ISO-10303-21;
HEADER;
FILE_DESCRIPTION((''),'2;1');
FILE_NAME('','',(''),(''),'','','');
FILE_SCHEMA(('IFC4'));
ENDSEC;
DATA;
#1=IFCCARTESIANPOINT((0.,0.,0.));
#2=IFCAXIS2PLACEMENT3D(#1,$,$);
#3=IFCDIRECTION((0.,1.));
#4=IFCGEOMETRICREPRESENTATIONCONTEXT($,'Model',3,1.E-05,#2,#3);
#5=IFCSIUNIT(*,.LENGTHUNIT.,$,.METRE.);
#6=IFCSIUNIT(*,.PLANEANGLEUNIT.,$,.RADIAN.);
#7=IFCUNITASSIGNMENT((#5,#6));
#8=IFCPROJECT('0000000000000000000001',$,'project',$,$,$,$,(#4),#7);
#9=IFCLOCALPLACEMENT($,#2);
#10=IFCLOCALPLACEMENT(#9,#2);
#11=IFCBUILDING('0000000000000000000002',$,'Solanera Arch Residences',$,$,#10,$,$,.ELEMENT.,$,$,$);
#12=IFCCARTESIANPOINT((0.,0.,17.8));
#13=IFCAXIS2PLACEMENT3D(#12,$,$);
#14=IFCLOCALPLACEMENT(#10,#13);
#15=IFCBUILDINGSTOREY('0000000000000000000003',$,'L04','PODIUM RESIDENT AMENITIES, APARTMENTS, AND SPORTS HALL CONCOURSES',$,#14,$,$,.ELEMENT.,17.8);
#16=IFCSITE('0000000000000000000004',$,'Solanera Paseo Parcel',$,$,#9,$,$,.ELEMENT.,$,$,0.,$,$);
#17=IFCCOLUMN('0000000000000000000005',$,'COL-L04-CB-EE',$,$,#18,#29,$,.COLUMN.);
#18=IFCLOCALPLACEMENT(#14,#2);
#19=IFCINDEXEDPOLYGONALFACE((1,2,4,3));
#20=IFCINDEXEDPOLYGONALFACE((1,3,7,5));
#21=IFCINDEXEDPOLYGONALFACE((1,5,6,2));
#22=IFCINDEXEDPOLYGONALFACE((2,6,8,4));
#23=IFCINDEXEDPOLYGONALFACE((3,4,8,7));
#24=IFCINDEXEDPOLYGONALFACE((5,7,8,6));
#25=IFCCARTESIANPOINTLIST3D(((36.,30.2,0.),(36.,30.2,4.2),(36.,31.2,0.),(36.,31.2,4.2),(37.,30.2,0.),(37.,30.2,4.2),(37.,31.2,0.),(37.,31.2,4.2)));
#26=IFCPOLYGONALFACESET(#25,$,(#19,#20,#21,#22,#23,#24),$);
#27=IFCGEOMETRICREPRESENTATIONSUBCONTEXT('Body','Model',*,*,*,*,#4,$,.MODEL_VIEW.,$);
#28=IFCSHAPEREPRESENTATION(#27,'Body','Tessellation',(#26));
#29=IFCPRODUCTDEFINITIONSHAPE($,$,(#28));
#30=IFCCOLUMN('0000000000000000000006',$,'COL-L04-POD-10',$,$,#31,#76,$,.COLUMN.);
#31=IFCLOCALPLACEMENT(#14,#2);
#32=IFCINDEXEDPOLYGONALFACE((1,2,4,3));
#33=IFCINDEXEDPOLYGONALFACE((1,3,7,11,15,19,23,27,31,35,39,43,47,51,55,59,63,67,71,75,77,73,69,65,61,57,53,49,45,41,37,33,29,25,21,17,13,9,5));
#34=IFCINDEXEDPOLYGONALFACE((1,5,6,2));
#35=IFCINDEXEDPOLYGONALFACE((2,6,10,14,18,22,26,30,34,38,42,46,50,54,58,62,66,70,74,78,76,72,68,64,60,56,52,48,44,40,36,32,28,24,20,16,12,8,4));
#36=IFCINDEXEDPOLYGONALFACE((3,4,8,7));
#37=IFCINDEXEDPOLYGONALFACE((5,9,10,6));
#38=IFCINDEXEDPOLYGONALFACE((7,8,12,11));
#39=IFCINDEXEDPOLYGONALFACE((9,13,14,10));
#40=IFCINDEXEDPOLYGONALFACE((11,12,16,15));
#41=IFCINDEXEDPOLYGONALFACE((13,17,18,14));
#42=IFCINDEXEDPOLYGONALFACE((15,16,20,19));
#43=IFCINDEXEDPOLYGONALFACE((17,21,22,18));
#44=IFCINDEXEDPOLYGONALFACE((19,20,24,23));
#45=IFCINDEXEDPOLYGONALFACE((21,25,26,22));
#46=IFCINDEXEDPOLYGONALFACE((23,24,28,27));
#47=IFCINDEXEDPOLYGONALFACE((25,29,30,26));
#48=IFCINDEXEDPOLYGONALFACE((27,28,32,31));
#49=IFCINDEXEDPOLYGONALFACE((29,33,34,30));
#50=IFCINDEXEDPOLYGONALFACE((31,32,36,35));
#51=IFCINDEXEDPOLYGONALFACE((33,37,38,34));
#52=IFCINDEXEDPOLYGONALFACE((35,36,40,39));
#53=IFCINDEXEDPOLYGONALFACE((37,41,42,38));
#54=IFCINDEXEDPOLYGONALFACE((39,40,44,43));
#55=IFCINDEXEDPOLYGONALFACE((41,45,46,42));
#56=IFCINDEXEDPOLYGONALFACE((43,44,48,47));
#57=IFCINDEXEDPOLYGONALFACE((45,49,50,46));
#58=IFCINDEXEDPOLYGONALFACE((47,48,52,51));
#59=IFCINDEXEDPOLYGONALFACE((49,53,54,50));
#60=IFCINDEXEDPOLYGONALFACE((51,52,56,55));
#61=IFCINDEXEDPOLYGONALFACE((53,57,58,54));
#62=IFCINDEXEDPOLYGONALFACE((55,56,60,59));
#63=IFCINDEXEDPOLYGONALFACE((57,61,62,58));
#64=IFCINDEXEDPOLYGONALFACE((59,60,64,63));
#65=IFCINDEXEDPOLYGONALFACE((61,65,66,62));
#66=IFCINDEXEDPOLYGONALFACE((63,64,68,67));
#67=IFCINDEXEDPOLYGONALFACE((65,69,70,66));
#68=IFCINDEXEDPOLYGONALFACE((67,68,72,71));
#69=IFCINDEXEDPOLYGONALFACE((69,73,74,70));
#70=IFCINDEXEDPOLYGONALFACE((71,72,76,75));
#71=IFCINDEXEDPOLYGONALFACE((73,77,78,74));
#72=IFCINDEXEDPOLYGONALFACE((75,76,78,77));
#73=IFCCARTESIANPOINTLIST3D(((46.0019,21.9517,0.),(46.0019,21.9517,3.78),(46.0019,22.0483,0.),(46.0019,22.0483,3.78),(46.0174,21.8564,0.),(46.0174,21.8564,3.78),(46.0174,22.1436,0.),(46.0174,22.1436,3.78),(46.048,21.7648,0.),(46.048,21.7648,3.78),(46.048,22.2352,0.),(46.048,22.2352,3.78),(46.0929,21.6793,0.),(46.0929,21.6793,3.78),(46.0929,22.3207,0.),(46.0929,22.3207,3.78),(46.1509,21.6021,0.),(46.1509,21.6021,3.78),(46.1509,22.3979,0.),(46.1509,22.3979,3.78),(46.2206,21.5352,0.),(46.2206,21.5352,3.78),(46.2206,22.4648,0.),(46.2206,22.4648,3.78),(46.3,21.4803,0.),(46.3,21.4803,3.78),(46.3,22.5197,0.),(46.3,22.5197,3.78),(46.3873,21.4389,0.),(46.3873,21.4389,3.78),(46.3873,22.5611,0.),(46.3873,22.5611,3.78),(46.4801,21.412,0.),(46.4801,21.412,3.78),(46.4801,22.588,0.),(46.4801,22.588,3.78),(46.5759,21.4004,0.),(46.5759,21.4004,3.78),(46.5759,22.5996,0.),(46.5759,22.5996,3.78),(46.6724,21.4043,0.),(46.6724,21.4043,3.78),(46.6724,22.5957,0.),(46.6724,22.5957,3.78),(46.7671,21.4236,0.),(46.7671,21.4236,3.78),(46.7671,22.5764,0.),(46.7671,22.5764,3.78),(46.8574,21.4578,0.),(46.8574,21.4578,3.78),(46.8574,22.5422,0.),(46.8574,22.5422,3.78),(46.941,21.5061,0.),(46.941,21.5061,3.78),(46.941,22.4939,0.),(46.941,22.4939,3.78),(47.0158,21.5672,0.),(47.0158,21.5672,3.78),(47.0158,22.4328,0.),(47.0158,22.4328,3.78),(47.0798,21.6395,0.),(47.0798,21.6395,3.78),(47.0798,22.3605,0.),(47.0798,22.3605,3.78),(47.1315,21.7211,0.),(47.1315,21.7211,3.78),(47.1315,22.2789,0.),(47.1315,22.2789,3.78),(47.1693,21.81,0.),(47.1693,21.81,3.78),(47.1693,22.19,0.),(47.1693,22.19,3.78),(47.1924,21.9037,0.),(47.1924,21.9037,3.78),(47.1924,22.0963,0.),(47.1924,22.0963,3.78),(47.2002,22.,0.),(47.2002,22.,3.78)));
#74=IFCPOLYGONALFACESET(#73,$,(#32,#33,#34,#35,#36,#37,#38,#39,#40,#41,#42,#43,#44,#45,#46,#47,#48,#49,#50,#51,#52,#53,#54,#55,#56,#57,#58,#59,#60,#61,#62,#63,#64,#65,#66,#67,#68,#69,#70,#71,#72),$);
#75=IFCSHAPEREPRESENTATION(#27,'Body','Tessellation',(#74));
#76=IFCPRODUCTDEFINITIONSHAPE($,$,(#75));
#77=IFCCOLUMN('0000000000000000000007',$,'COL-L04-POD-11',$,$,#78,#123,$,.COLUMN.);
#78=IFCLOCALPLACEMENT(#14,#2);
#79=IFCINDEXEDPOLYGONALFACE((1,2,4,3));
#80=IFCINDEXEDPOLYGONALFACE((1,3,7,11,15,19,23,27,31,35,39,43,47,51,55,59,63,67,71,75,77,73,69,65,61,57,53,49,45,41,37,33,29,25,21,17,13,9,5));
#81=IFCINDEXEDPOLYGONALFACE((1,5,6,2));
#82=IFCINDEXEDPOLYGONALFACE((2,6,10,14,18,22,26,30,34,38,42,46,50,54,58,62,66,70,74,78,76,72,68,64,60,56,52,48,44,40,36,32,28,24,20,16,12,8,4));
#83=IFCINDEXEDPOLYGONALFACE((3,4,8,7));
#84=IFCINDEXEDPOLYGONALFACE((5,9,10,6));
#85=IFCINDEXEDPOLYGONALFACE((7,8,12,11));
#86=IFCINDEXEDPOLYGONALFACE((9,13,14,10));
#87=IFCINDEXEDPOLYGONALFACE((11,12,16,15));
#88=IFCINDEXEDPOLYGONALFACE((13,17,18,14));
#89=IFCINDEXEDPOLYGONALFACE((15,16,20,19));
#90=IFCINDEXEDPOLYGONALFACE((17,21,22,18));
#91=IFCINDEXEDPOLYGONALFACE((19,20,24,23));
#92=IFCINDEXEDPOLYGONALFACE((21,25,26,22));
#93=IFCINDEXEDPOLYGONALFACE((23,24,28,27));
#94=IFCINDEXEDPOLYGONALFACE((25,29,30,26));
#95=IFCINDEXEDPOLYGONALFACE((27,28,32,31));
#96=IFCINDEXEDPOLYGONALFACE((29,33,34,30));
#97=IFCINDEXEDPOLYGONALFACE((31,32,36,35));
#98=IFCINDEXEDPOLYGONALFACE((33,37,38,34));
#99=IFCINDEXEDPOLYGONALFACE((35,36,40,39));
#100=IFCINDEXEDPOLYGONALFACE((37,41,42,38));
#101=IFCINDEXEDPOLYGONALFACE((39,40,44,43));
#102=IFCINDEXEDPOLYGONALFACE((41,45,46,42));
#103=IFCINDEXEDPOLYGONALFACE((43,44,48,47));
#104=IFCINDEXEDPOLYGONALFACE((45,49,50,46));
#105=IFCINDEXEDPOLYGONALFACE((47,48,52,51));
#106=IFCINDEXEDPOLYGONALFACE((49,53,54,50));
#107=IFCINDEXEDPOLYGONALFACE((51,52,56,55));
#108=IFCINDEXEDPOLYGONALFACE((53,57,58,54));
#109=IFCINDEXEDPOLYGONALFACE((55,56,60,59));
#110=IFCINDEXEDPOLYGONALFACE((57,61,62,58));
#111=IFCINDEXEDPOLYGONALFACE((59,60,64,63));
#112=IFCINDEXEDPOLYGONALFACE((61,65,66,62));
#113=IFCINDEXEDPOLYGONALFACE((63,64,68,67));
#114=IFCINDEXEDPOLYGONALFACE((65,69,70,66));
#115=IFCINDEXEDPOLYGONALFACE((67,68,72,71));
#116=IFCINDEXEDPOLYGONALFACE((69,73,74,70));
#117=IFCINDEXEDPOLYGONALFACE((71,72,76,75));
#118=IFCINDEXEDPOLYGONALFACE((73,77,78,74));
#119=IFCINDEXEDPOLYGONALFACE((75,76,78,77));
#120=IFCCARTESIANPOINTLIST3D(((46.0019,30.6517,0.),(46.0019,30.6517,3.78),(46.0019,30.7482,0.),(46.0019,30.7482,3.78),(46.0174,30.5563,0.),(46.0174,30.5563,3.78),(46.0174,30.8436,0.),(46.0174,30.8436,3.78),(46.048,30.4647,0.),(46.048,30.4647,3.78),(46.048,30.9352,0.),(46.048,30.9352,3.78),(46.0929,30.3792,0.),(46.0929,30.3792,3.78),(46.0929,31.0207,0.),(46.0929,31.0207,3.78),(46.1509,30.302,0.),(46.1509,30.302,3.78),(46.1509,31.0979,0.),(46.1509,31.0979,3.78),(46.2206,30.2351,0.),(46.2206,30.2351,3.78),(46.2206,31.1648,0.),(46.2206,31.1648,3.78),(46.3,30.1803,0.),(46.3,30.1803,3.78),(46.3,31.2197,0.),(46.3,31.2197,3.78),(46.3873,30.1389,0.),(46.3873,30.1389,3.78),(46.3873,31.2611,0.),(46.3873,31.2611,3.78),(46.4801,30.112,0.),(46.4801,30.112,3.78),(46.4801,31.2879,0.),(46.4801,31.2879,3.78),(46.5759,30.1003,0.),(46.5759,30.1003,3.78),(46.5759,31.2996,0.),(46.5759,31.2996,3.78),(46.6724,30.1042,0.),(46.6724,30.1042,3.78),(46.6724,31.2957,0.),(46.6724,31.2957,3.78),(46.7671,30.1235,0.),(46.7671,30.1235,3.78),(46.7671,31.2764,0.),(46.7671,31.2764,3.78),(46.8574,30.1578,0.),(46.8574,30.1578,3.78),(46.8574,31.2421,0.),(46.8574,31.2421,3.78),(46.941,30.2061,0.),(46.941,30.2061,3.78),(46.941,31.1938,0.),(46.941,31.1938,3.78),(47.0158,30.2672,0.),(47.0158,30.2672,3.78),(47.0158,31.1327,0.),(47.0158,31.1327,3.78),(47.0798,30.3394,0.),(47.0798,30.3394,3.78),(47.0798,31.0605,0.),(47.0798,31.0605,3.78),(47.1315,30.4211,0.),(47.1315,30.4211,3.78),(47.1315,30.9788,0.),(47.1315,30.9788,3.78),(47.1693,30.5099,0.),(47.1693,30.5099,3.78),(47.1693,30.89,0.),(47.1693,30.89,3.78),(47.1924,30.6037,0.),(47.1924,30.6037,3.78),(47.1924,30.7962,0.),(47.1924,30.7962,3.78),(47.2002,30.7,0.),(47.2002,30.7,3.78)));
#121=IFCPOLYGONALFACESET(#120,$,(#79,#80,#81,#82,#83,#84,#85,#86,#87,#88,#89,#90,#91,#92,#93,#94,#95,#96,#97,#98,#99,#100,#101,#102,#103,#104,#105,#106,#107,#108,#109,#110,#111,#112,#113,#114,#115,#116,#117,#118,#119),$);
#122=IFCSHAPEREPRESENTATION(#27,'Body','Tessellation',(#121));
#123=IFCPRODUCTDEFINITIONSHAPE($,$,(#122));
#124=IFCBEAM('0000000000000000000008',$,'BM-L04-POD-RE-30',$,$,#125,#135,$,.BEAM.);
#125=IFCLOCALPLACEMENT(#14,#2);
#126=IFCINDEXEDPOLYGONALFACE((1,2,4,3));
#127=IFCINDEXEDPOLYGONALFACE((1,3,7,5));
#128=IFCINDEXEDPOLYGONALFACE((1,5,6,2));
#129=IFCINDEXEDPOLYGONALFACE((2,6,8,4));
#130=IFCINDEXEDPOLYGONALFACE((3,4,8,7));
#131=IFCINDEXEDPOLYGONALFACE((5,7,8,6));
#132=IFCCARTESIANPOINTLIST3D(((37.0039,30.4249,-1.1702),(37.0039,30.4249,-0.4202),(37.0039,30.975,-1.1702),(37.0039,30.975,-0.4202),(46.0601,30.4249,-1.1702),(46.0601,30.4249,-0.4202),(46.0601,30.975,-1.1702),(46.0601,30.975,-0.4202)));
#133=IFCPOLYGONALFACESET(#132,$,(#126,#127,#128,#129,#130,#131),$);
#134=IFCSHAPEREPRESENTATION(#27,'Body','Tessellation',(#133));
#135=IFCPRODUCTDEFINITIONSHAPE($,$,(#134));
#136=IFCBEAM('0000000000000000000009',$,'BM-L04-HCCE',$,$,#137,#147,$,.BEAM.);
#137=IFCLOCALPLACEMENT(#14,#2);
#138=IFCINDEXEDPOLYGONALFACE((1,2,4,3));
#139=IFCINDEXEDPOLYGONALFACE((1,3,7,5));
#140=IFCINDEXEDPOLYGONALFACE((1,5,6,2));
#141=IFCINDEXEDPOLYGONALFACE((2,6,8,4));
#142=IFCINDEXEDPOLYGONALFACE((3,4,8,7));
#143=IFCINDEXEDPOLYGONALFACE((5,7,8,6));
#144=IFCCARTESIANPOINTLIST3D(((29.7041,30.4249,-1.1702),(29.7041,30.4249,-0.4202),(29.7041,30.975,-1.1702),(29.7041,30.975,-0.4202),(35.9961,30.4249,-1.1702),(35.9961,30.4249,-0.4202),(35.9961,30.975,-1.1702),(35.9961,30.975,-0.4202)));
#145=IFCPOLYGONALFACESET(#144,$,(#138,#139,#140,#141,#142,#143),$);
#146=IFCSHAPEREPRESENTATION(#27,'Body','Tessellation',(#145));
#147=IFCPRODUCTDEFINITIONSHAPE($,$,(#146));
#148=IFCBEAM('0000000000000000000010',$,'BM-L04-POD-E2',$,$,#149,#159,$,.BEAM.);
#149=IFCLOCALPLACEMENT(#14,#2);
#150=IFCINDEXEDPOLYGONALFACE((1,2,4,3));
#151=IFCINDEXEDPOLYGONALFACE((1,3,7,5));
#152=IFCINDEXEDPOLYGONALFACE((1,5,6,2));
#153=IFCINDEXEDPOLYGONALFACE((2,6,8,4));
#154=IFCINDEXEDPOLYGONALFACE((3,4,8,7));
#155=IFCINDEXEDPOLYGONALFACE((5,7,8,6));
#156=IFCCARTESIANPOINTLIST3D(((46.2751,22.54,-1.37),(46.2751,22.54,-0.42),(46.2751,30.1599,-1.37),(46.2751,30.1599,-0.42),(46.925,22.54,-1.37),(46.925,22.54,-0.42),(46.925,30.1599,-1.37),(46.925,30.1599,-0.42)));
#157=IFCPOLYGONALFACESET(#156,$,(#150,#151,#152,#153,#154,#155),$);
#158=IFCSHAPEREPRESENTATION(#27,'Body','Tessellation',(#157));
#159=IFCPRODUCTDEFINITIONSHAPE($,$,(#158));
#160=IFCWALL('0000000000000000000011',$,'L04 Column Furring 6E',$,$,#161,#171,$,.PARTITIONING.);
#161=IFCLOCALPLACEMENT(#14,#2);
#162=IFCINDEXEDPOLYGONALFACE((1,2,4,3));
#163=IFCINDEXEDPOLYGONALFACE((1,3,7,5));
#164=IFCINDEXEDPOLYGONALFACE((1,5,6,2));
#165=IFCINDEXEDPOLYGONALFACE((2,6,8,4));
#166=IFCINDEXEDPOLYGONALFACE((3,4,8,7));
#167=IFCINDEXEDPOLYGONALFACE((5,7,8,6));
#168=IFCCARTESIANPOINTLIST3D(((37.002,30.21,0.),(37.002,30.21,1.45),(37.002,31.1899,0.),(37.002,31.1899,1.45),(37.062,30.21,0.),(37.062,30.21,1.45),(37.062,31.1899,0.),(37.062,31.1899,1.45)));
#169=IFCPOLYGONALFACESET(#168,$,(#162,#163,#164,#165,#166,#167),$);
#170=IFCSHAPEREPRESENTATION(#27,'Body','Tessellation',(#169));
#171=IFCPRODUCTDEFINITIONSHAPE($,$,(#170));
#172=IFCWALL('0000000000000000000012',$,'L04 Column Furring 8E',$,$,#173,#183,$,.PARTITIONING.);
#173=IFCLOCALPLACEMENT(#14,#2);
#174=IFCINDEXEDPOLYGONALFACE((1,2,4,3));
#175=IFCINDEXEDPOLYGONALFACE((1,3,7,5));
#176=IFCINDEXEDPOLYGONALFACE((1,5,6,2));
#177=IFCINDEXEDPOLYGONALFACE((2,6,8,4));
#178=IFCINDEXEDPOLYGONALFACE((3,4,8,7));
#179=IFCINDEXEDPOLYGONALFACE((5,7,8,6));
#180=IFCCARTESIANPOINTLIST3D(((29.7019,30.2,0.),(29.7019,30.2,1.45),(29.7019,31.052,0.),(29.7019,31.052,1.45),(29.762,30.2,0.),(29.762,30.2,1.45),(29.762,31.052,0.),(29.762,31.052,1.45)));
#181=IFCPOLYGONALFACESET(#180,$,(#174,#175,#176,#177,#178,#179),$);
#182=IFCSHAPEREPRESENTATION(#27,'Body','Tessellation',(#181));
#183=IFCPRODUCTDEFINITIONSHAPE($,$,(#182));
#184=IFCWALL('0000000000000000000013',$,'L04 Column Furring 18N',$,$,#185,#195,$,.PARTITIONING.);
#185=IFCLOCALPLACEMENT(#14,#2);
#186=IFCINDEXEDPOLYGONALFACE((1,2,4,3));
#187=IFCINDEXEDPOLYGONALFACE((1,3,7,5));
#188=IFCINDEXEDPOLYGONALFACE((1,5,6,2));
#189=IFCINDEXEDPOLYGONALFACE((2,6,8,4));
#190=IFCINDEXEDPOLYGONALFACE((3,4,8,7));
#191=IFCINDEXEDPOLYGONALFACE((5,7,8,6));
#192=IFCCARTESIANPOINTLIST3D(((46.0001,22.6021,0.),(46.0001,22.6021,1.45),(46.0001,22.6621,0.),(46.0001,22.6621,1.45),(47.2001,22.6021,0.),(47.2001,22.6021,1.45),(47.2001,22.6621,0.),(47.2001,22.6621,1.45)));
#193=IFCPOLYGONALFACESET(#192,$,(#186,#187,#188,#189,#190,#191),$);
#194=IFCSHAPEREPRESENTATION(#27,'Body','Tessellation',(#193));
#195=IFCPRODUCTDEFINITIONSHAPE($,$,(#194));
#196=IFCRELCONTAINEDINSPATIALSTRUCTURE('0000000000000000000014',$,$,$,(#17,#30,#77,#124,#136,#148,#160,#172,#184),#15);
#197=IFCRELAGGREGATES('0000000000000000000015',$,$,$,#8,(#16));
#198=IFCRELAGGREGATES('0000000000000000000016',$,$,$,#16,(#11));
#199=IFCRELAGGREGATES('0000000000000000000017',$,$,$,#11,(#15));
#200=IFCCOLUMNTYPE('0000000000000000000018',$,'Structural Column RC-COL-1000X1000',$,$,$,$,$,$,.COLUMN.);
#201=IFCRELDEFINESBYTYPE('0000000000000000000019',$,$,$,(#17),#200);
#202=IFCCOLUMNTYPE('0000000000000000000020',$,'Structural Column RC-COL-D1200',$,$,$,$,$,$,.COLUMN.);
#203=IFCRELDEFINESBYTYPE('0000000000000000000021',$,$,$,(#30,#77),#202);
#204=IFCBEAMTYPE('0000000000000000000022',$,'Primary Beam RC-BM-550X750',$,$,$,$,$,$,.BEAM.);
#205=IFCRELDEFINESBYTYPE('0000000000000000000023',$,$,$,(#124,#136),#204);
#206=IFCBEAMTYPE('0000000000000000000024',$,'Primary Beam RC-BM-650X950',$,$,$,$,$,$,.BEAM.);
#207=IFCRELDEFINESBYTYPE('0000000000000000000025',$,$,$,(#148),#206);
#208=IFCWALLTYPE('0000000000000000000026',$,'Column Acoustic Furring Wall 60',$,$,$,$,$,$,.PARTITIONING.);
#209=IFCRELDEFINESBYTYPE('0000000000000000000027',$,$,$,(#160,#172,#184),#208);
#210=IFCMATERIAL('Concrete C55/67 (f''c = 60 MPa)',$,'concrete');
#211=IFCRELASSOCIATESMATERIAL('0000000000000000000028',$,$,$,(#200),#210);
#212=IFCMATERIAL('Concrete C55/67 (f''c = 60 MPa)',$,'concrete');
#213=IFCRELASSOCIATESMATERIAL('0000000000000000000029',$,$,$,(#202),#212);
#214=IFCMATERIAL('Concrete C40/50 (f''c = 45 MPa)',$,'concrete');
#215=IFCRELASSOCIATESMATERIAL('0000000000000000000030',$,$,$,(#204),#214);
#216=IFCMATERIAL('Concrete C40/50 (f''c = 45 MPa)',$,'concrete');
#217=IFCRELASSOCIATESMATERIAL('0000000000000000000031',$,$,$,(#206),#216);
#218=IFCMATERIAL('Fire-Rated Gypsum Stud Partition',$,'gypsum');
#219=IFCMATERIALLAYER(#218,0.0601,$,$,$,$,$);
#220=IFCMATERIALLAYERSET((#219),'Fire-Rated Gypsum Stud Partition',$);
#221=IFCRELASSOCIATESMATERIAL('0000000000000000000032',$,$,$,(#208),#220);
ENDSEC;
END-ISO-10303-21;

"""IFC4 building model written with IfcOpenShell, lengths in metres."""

from ifc_helpers import new_model, si_unit, direction, frame, frame_2d, origin, origin_2d, place, context, subcontext, project, spatial, rectangle, circle, extrude, material, layer, layer_set, material_profile, profile_set, type_object, element, save


model = new_model("IFC4")

# Units and contexts
model_context = context("Model", 3, precision=1e-05, world=origin(), true_north=direction((0.0, 1.0)))
body_context = subcontext(model_context, "Body", "Model", "MODEL_VIEW")
ifc_project = project(units=[si_unit("LENGTHUNIT", "METRE"), si_unit("PLANEANGLEUNIT", "RADIAN")], contexts=[model_context])

# Site, building, storey
site_placement = place(None, origin())
site = spatial("IfcSite", under=ifc_project, at=site_placement, Name="Solanera Paseo Parcel", CompositionType="ELEMENT", RefElevation=0.0)
building_placement = place(site_placement, origin())
building = spatial("IfcBuilding", under=site, at=building_placement, Name="Solanera Arch Residences", CompositionType="ELEMENT")
storey_placement = place(building_placement, frame((0.0, 0.0, 17.8)))
storey = spatial("IfcBuildingStorey", under=building, at=storey_placement, Name="L04", Description="PODIUM RESIDENT AMENITIES, APARTMENTS, AND SPORTS HALL CONCOURSES", CompositionType="ELEMENT", Elevation=17.8)

# Columns
ifc_material_1 = material(Name="Concrete C55/67 (f'c = 60 MPa)", Category="concrete")
ifc_material_profile_1 = material_profile(ifc_material_1, rectangle(XDim=1.0, YDim=1.0, at=origin_2d()))
ifc_profile_set_1 = profile_set([ifc_material_profile_1], Name="Concrete C55/67 (f'c = 60 MPa)")
column_type_1 = type_object("IfcColumnType", Name="Structural Column RC-COL-1000X1000", PredefinedType="COLUMN", material=ifc_profile_set_1)
column_placement = place(storey_placement, frame((36.5, 30.7, 0.0), z_axis=(0.0, 0.0, 1.0), x_axis=(1.0, 0.0, 0.0)))
element("IfcColumn", 1, at=column_placement, inside=storey, type_object=column_type_1, Name="COL-L04-CB-EE", PredefinedType="COLUMN", context=body_context, shape_type="SweptSolid", body=[
    extrude(rectangle(XDim=1.0, YDim=1.0, at=origin_2d()), origin(), (0.0, 0.0, 1.0), 4.2),
])
ifc_material_2 = material(Name="Concrete C55/67 (f'c = 60 MPa)", Category="concrete")
ifc_material_profile_2 = material_profile(ifc_material_2, circle(Radius=0.6001, at=origin_2d()))
ifc_profile_set_2 = profile_set([ifc_material_profile_2], Name="Concrete C55/67 (f'c = 60 MPa)")
column_type_2 = type_object("IfcColumnType", Name="Structural Column RC-COL-D1200", PredefinedType="COLUMN", material=ifc_profile_set_2)
for number, where, z_axis, x_axis, name in (
    (2, (46.6001, 22.0, 0.0), (0.0, 0.0, 1.0), (1.0, 0.0, 0.0), "COL-L04-POD-10"),
    (3, (46.6001, 30.7, 0.0), (0.0, 0.0, 1.0), (1.0, 0.0, 0.0), "COL-L04-POD-11"),
):
    element("IfcColumn", number, at=place(storey_placement, frame(where, z_axis=z_axis, x_axis=x_axis)), inside=storey, type_object=column_type_2, Name=name, PredefinedType="COLUMN", context=body_context, shape_type="SweptSolid", body=[
        extrude(circle(Radius=0.6001, at=origin_2d()), origin(), (0.0, 0.0, 1.0), 3.78),
    ])

# Beams
ifc_material_3 = material(Name="Concrete C40/50 (f'c = 45 MPa)", Category="concrete")
ifc_material_profile_3 = material_profile(ifc_material_3, rectangle(XDim=0.55, YDim=0.75, at=origin_2d()))
ifc_profile_set_3 = profile_set([ifc_material_profile_3], Name="Concrete C40/50 (f'c = 45 MPa)")
beam_type_1 = type_object("IfcBeamType", Name="Primary Beam RC-BM-550X750", PredefinedType="BEAM", material=ifc_profile_set_3)
beam_1_placement = place(storey_placement, frame((37.0039, 30.7, -0.7952), z_axis=(1.0, 0.0, 0.0), x_axis=(0.0, 1.0, 0.0)))
element("IfcBeam", 4, at=beam_1_placement, inside=storey, type_object=beam_type_1, Name="BM-L04-POD-RE-30", PredefinedType="BEAM", context=body_context, shape_type="SweptSolid", body=[
    extrude(rectangle(XDim=0.55, YDim=0.75, at=origin_2d()), origin(), (0.0, 0.0, 1.0), 9.0562),
])
beam_2_placement = place(storey_placement, frame((29.7041, 30.7, -0.7952), z_axis=(1.0, 0.0, 0.0), x_axis=(0.0, 1.0, 0.0)))
element("IfcBeam", 5, at=beam_2_placement, inside=storey, type_object=beam_type_1, Name="BM-L04-HCCE", PredefinedType="BEAM", context=body_context, shape_type="SweptSolid", body=[
    extrude(rectangle(XDim=0.55, YDim=0.75, at=origin_2d()), origin(), (0.0, 0.0, 1.0), 6.292),
])
ifc_material_4 = material(Name="Concrete C40/50 (f'c = 45 MPa)", Category="concrete")
ifc_material_profile_4 = material_profile(ifc_material_4, rectangle(XDim=0.6499, YDim=0.95, at=origin_2d()))
ifc_profile_set_4 = profile_set([ifc_material_profile_4], Name="Concrete C40/50 (f'c = 45 MPa)")
beam_type_2 = type_object("IfcBeamType", Name="Primary Beam RC-BM-650X950", PredefinedType="BEAM", material=ifc_profile_set_4)
beam_3_placement = place(storey_placement, frame((46.6001, 22.54, -0.895), z_axis=(0.0, 1.0, 0.0), x_axis=(-1.0, 0.0, 0.0)))
element("IfcBeam", 6, at=beam_3_placement, inside=storey, type_object=beam_type_2, Name="BM-L04-POD-E2", PredefinedType="BEAM", context=body_context, shape_type="SweptSolid", body=[
    extrude(rectangle(XDim=0.6499, YDim=0.95, at=origin_2d()), origin(), (0.0, 0.0, 1.0), 7.6199),
])

# Walls
ifc_material_5 = material(Name="Fire-Rated Gypsum Stud Partition", Category="gypsum")
ifc_layer_1 = layer(ifc_material_5, 0.0601)
ifc_layer_set_1 = layer_set([ifc_layer_1], Name="Fire-Rated Gypsum Stud Partition")
wall_type_1 = type_object("IfcWallType", Name="Column Acoustic Furring Wall 60", PredefinedType="PARTITIONING", material=ifc_layer_set_1)
wall_1_placement = place(storey_placement, frame((37.032, 30.21, 0.0), z_axis=(0.0, 0.0, 1.0), x_axis=(0.0, 1.0, 0.0)))
element("IfcWall", 7, at=wall_1_placement, inside=storey, type_object=wall_type_1, Name="L04 Column Furring 6E", PredefinedType="PARTITIONING", context=body_context, shape_type="SweptSolid", body=[
    extrude(rectangle(XDim=0.98, YDim=0.0601, at=frame_2d((0.49, 0.0))), origin(), (0.0, 0.0, 1.0), 1.45),
])
wall_2_placement = place(storey_placement, frame((29.7319, 30.2, 0.0), z_axis=(0.0, 0.0, 1.0), x_axis=(0.0, 1.0, 0.0)))
element("IfcWall", 8, at=wall_2_placement, inside=storey, type_object=wall_type_1, Name="L04 Column Furring 8E", PredefinedType="PARTITIONING", context=body_context, shape_type="SweptSolid", body=[
    extrude(rectangle(XDim=0.8521, YDim=0.0601, at=frame_2d((0.426, 0.0))), origin(), (0.0, 0.0, 1.0), 1.45),
])
for number, where, z_axis, x_axis, name in (
    (9, (46.0, 22.6321, 0.0), (0.0, 0.0, 1.0), (1.0, 0.0, 0.0), "L04 Column Furring 18N"),
):
    element("IfcWall", number, at=place(storey_placement, frame(where, z_axis=z_axis, x_axis=x_axis)), inside=storey, type_object=wall_type_1, Name=name, PredefinedType="PARTITIONING", context=body_context, shape_type="SweptSolid", body=[
        extrude(rectangle(XDim=1.2, YDim=0.0601, at=frame_2d((0.6001, 0.0))), origin(), (0.0, 0.0, 1.0), 1.45),
    ])

save(model, "model.ifc")
